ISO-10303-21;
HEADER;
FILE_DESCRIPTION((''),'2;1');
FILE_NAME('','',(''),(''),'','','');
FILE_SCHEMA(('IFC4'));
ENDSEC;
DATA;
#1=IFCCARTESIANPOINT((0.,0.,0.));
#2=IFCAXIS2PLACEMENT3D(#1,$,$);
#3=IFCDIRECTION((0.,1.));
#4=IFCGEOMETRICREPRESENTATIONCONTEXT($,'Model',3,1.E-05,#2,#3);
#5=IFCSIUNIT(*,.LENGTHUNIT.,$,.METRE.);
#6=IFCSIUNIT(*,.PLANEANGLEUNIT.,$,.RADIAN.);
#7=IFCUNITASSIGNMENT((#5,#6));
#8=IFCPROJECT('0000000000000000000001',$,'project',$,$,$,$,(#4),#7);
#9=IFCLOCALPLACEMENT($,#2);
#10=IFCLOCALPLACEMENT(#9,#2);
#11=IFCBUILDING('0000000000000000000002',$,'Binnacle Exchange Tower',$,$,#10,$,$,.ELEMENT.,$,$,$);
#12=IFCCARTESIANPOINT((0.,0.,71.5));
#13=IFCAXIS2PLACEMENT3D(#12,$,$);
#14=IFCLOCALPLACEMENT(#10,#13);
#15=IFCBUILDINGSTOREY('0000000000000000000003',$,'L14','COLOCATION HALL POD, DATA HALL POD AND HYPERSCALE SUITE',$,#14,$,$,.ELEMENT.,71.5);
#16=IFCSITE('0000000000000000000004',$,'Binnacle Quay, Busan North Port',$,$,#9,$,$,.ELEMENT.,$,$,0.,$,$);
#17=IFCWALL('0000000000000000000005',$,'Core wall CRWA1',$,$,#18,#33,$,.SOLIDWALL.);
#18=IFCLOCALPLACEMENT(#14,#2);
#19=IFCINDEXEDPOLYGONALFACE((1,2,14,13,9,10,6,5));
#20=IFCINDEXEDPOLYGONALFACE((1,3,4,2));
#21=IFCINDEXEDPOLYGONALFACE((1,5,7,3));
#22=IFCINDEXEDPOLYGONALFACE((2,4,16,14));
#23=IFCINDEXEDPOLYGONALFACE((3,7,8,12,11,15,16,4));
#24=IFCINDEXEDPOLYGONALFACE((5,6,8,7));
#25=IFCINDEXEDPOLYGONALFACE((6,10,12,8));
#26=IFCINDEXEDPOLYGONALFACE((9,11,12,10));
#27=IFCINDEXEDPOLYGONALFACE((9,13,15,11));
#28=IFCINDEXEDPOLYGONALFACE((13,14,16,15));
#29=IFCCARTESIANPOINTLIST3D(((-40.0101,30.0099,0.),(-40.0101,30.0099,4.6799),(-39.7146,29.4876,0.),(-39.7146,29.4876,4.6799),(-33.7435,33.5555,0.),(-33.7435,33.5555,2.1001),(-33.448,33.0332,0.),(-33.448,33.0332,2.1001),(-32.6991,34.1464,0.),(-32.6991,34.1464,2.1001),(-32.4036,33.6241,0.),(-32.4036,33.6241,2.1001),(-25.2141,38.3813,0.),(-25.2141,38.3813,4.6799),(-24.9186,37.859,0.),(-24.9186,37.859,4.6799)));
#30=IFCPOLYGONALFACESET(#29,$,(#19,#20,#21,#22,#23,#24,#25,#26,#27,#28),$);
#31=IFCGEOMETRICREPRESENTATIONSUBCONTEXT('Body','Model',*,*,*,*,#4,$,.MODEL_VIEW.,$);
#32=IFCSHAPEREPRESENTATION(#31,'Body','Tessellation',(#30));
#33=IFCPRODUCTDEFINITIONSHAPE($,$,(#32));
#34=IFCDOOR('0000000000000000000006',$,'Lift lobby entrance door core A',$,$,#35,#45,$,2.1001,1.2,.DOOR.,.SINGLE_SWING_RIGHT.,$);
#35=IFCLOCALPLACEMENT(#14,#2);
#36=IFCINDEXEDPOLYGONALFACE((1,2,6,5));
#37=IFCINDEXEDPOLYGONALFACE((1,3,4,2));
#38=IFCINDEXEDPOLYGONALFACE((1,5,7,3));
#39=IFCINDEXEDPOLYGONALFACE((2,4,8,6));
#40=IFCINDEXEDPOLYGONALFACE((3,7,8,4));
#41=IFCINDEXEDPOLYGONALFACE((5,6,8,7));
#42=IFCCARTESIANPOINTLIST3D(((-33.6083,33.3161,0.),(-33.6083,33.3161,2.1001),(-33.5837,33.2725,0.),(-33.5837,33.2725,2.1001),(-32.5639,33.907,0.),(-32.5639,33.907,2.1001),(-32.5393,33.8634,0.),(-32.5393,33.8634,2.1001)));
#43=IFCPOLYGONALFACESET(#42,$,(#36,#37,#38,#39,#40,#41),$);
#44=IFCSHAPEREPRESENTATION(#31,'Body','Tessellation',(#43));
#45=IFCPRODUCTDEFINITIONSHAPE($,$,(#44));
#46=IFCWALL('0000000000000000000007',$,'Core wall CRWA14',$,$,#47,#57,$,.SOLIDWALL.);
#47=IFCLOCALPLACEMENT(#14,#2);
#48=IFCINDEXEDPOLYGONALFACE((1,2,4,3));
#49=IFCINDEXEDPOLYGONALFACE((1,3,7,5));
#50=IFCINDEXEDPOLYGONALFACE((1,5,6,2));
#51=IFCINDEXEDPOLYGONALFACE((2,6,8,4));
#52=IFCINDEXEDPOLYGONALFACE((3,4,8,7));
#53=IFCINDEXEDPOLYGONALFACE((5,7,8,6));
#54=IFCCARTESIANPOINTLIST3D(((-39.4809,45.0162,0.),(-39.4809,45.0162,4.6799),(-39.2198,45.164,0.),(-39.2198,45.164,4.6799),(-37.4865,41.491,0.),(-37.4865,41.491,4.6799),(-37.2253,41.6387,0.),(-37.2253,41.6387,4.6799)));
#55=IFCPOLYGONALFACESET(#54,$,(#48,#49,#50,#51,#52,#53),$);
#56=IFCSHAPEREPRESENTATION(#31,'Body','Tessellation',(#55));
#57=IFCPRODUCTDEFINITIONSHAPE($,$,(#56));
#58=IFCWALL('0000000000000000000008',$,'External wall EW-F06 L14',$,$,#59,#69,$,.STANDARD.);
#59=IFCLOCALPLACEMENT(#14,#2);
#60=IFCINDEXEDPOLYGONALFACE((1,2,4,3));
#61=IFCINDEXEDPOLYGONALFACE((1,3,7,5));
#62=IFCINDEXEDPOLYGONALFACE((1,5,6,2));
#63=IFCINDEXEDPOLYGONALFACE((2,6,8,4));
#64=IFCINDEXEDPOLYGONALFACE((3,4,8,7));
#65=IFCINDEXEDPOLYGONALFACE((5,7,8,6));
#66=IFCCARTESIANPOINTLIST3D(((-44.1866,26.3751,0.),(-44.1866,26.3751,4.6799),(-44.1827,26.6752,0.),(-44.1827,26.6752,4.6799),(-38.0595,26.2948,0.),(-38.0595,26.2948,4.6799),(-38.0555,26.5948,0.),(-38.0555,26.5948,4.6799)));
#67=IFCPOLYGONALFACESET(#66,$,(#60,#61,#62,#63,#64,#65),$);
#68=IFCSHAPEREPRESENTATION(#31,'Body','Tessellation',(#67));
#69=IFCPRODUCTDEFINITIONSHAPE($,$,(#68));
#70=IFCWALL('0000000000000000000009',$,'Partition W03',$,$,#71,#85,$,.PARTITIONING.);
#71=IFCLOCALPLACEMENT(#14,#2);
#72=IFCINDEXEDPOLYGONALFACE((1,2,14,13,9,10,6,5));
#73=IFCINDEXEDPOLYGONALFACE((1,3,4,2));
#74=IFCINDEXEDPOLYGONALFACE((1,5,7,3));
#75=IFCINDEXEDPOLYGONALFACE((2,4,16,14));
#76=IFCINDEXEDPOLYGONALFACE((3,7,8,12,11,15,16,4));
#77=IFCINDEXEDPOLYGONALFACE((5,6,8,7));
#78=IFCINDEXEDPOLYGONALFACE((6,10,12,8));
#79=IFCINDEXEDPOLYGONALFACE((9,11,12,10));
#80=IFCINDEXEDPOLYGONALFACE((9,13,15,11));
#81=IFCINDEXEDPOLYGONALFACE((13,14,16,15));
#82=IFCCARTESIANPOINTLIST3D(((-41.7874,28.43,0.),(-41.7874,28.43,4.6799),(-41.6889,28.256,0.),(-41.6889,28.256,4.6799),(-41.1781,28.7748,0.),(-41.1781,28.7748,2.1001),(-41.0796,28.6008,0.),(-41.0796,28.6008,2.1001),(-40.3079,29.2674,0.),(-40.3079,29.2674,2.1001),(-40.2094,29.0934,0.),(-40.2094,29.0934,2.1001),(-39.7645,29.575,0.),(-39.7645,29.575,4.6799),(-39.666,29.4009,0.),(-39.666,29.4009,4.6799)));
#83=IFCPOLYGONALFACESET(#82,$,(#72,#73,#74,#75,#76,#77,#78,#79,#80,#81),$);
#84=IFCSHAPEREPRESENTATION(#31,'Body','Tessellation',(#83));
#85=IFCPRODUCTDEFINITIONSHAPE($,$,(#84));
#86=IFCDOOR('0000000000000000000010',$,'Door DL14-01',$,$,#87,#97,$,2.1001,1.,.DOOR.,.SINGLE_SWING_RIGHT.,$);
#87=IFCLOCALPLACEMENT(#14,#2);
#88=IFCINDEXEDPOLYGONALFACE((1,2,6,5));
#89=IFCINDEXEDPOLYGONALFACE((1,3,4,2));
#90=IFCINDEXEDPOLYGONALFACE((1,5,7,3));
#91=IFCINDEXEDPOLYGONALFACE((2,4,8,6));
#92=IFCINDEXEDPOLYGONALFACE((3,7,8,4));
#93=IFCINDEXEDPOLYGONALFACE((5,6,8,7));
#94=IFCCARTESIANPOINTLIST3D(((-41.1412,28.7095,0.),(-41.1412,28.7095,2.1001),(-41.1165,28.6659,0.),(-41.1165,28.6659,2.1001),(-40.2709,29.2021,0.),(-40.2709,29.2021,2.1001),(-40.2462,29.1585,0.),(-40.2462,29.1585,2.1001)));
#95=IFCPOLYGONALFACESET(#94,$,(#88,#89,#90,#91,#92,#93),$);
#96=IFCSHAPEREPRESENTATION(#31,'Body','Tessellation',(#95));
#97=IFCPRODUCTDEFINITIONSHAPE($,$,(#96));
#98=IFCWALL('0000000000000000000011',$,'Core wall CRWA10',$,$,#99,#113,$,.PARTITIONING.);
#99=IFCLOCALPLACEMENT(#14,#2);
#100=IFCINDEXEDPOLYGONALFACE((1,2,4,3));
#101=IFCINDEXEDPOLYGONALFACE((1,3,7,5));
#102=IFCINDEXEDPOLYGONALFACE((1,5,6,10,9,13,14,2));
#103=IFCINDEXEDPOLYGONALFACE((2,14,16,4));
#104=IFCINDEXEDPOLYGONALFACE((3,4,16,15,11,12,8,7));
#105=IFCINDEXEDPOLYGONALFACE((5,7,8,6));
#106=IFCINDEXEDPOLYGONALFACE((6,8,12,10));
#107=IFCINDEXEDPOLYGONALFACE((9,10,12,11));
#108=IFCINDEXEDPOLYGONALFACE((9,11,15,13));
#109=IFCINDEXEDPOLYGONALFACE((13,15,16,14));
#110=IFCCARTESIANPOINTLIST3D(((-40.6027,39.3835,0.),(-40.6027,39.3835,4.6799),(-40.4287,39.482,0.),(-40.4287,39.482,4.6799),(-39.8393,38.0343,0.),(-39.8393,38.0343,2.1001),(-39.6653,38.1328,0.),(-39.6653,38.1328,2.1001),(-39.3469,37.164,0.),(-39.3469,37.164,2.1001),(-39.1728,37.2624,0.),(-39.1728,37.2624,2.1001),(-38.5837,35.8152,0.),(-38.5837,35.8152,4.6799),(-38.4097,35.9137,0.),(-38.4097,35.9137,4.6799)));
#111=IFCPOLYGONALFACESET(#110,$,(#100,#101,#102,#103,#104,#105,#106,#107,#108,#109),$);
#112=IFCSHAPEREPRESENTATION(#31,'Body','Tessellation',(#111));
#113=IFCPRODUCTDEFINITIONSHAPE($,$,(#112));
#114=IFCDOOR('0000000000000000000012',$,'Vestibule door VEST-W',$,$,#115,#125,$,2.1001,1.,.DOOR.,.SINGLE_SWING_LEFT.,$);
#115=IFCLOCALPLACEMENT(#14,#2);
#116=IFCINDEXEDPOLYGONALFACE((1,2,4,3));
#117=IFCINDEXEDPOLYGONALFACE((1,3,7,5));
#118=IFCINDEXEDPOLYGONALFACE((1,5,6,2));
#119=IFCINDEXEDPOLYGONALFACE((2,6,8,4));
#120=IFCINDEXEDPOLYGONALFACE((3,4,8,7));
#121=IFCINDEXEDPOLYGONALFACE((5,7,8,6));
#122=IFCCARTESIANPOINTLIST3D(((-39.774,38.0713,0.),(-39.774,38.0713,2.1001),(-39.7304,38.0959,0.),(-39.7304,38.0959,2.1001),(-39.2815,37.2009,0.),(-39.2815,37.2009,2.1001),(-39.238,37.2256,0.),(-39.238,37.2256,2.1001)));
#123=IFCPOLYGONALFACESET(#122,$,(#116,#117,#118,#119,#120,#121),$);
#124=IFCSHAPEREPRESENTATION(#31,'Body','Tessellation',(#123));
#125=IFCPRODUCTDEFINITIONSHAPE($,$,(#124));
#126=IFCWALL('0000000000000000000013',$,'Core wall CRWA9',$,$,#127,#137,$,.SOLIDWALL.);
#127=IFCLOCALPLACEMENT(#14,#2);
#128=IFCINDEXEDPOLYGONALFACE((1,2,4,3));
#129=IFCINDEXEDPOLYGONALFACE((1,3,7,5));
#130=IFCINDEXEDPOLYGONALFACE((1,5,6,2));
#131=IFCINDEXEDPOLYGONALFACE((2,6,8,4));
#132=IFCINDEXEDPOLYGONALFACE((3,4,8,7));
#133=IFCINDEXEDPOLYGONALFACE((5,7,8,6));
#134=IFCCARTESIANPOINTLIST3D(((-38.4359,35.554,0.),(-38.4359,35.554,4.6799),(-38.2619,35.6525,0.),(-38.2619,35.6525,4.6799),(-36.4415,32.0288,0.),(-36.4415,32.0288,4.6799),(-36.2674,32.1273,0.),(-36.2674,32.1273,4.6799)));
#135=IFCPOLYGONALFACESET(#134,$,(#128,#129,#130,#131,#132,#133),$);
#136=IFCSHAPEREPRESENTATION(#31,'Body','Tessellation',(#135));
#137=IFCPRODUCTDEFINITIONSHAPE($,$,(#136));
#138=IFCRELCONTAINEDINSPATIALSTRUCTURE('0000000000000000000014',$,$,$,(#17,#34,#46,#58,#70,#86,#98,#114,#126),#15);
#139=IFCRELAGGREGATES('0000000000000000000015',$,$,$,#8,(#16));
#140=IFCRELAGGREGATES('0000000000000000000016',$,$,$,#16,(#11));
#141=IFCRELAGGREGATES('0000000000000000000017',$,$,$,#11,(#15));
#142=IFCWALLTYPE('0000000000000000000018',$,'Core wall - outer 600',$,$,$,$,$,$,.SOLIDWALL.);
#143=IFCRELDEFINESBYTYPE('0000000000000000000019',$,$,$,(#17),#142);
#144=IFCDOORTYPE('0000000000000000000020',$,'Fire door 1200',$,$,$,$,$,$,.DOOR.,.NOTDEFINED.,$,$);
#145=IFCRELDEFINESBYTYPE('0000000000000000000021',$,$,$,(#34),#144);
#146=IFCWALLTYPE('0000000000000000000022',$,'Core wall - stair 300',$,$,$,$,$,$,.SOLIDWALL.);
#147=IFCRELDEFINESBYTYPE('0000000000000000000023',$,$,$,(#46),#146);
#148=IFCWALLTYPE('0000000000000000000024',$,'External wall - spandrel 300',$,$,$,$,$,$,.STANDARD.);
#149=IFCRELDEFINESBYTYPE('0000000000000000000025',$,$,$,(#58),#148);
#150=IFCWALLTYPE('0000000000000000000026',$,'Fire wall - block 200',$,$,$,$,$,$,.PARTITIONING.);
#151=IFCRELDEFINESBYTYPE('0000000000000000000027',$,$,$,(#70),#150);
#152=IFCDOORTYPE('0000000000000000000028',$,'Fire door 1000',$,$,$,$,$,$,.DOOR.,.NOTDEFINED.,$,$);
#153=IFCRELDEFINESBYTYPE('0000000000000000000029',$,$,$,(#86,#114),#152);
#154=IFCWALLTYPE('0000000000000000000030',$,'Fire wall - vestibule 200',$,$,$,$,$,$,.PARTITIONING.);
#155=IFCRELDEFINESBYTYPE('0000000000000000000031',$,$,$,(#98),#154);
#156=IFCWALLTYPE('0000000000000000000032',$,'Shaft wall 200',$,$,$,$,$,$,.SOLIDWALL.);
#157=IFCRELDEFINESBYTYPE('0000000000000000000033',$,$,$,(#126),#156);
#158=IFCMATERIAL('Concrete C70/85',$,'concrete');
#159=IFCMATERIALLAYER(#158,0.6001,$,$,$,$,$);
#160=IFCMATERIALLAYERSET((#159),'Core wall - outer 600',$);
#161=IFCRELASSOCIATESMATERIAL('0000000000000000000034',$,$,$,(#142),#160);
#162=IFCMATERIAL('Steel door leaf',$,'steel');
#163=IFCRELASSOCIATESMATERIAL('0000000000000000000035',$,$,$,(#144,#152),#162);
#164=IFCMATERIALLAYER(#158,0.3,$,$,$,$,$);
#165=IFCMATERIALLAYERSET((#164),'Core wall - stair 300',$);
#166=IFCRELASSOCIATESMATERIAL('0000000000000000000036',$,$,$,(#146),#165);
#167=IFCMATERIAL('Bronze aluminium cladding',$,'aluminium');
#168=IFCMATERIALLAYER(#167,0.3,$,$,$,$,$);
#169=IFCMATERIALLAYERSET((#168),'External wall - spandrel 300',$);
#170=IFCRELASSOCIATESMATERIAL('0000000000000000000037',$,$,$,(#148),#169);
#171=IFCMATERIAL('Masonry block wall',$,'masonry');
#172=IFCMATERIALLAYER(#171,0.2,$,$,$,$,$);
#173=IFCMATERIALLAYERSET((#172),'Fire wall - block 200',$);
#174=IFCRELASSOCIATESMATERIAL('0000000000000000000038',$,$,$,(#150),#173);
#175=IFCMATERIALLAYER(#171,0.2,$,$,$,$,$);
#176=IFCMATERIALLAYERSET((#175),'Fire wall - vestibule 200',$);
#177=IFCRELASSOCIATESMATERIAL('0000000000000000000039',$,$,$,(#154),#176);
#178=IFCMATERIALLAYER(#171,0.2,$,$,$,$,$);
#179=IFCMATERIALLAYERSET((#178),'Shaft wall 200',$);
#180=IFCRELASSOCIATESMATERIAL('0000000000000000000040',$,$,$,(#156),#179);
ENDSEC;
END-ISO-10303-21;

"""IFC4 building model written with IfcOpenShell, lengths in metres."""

from ifc_helpers import new_model, si_unit, direction, frame, frame_2d, origin, place, context, subcontext, project, spatial, rectangle, extrude, material, layer, layer_set, type_object, element, fill, save


model = new_model("IFC4")

# Units and contexts
model_context = context("Model", 3, precision=1e-05, world=origin(), true_north=direction((0.0, 1.0)))
body_context = subcontext(model_context, "Body", "Model", "MODEL_VIEW")
ifc_project = project(units=[si_unit("LENGTHUNIT", "METRE"), si_unit("PLANEANGLEUNIT", "RADIAN")], contexts=[model_context])

# Site, building, storey
site_placement = place(None, origin())
site = spatial("IfcSite", under=ifc_project, at=site_placement, Name="Binnacle Quay, Busan North Port", CompositionType="ELEMENT", RefElevation=0.0)
building_placement = place(site_placement, origin())
building = spatial("IfcBuilding", under=site, at=building_placement, Name="Binnacle Exchange Tower", CompositionType="ELEMENT")
storey_placement = place(building_placement, frame((0.0, 0.0, 71.5)))
storey = spatial("IfcBuildingStorey", under=building, at=storey_placement, Name="L14", Description="COLOCATION HALL POD, DATA HALL POD AND HYPERSCALE SUITE", CompositionType="ELEMENT", Elevation=71.5)

# Shared definitions
ifc_material_1 = material(Name="Concrete C70/85", Category="concrete")

# Shared definitions
ifc_material_2 = material(Name="Steel door leaf", Category="steel")

# Wall, opening, door
ifc_layer_1 = layer(ifc_material_1, 0.6001)
ifc_layer_set_1 = layer_set([ifc_layer_1], Name="Core wall - outer 600")
wall_type_1 = type_object("IfcWallType", Name="Core wall - outer 600", PredefinedType="SOLIDWALL", material=ifc_layer_set_1)
wall_1_placement = place(storey_placement, frame((-39.8623, 29.7488, 0.0), z_axis=(0.0, 0.0, 1.0), x_axis=(0.87035, 0.492433, 0.0)))
wall_1 = element("IfcWall", 1, at=wall_1_placement, inside=storey, type_object=wall_type_1, Name="Core wall CRWA1", PredefinedType="SOLIDWALL", context=body_context, shape_type="SweptSolid", body=[
    extrude(rectangle(XDim=17.0, YDim=0.6001, at=frame_2d((8.5, 0.0))), origin(), (0.0, 0.0, 1.0), 4.6799),
])
opening_1_placement = place(wall_1_placement, frame((7.2, 0.0, 0.0)))
opening_1 = element("IfcOpeningElement", 2, at=opening_1_placement, cuts=wall_1, PredefinedType="OPENING", context=body_context, shape_type="SweptSolid", body=[
    extrude(rectangle(XDim=1.2, YDim=2.1001, at=frame_2d((0.6001, 1.05))), frame((0.0, 0.3101, 0.0), z_axis=(0.0, -1.0, 0.0), x_axis=(1.0, 0.0, 0.0)), (0.0, 0.0, 1.0), 0.6201),
])
door_type_1 = type_object("IfcDoorType", Name="Fire door 1200", OperationType="NOTDEFINED", PredefinedType="DOOR", material=ifc_material_2)
door_1_placement = place(opening_1_placement, frame((1.2, 0.0, 0.0), z_axis=(0.0, 0.0, 1.0), x_axis=(-1.0, 0.0, 0.0)))
door_1 = element("IfcDoor", 3, at=door_1_placement, inside=storey, type_object=door_type_1, Name="Lift lobby entrance door core A", OperationType="SINGLE_SWING_RIGHT", OverallHeight=2.1001, OverallWidth=1.2, PredefinedType="DOOR", context=body_context, shape_type="SweptSolid", body=[
    extrude(rectangle(XDim=1.2, YDim=2.1001, at=frame_2d((0.6001, 1.05))), frame((0.0, 0.0249, 0.0), z_axis=(0.0, -1.0, 0.0), x_axis=(1.0, 0.0, 0.0)), (0.0, 0.0, 1.0), 0.05),
])
fill(opening_1, door_1)

# Walls
ifc_layer_2 = layer(ifc_material_1, 0.3)
ifc_layer_set_2 = layer_set([ifc_layer_2], Name="Core wall - stair 300")
wall_type_2 = type_object("IfcWallType", Name="Core wall - stair 300", PredefinedType="SOLIDWALL", material=ifc_layer_set_2)
wall_2_placement = place(storey_placement, frame((-39.3503, 45.0901, 0.0), z_axis=(0.0, 0.0, 1.0), x_axis=(0.492415, -0.870361, 0.0)))
element("IfcWall", 4, at=wall_2_placement, inside=storey, type_object=wall_type_2, Name="Core wall CRWA14", PredefinedType="SOLIDWALL", context=body_context, shape_type="SweptSolid", body=[
    extrude(rectangle(XDim=4.0503, YDim=0.3, at=frame_2d((2.0251, 0.0))), origin(), (0.0, 0.0, 1.0), 4.6799),
])
ifc_material_3 = material(Name="Bronze aluminium cladding", Category="aluminium")
ifc_layer_3 = layer(ifc_material_3, 0.3)
ifc_layer_set_3 = layer_set([ifc_layer_3], Name="External wall - spandrel 300")
wall_type_3 = type_object("IfcWallType", Name="External wall - spandrel 300", PredefinedType="STANDARD", material=ifc_layer_set_3)
wall_3_placement = place(storey_placement, frame((-38.0574, 26.4448, 0.0), z_axis=(0.0, 0.0, 1.0), x_axis=(-0.999914, 0.013108, 0.0)))
element("IfcWall", 5, at=wall_3_placement, inside=storey, type_object=wall_type_3, Name="External wall EW-F06 L14", PredefinedType="STANDARD", context=body_context, shape_type="SweptSolid", body=[
    extrude(rectangle(XDim=6.1277, YDim=0.3, at=frame_2d((3.064, 0.0))), origin(), (0.0, 0.0, 1.0), 4.6799),
])

# Walls, openings, doors
ifc_material_4 = material(Name="Masonry block wall", Category="masonry")
ifc_layer_4 = layer(ifc_material_4, 0.2)
ifc_layer_set_4 = layer_set([ifc_layer_4], Name="Fire wall - block 200")
wall_type_4 = type_object("IfcWallType", Name="Fire wall - block 200", PredefinedType="PARTITIONING", material=ifc_layer_set_4)
wall_4_placement = place(storey_placement, frame((-41.738, 28.343, 0.0), z_axis=(0.0, 0.0, 1.0), x_axis=(0.870265, 0.492583, 0.0)))
wall_4 = element("IfcWall", 6, at=wall_4_placement, inside=storey, type_object=wall_type_4, Name="Partition W03", PredefinedType="PARTITIONING", context=body_context, shape_type="SweptSolid", body=[
    extrude(rectangle(XDim=2.3245, YDim=0.2, at=frame_2d((1.1621, 0.0))), origin(), (0.0, 0.0, 1.0), 4.6799),
])
opening_2_placement = place(wall_4_placement, frame((0.7, 0.0, 0.0)))
opening_2 = element("IfcOpeningElement", 7, at=opening_2_placement, cuts=wall_4, PredefinedType="OPENING", context=body_context, shape_type="SweptSolid", body=[
    extrude(rectangle(XDim=1.0, YDim=2.1001, at=frame_2d((0.5, 1.05))), frame((0.0, 0.1099, 0.0), z_axis=(0.0, -1.0, 0.0), x_axis=(1.0, 0.0, 0.0)), (0.0, 0.0, 1.0), 0.22),
])
door_type_2 = type_object("IfcDoorType", Name="Fire door 1000", OperationType="NOTDEFINED", PredefinedType="DOOR", material=ifc_material_2)
door_2_placement = place(opening_2_placement, origin())
door_2 = element("IfcDoor", 8, at=door_2_placement, inside=storey, type_object=door_type_2, Name="Door DL14-01", OperationType="SINGLE_SWING_RIGHT", OverallHeight=2.1001, OverallWidth=1.0, PredefinedType="DOOR", context=body_context, shape_type="SweptSolid", body=[
    extrude(rectangle(XDim=1.0, YDim=2.1001, at=frame_2d((0.5, 1.05))), frame((0.0, 0.0249, 0.0), z_axis=(0.0, -1.0, 0.0), x_axis=(1.0, 0.0, 0.0)), (0.0, 0.0, 1.0), 0.05),
])
fill(opening_2, door_2)
ifc_layer_5 = layer(ifc_material_4, 0.2)
ifc_layer_set_5 = layer_set([ifc_layer_5], Name="Fire wall - vestibule 200")
wall_type_5 = type_object("IfcWallType", Name="Fire wall - vestibule 200", PredefinedType="PARTITIONING", material=ifc_layer_set_5)
wall_5_placement = place(storey_placement, frame((-40.5156, 39.4326, 0.0), z_axis=(0.0, 0.0, 1.0), x_axis=(0.492454, -0.870339, 0.0)))
wall_5 = element("IfcWall", 9, at=wall_5_placement, inside=storey, type_object=wall_type_5, Name="Core wall CRWA10", PredefinedType="PARTITIONING", context=body_context, shape_type="SweptSolid", body=[
    extrude(rectangle(XDim=4.0999, YDim=0.2, at=frame_2d((2.0498, 0.0))), origin(), (0.0, 0.0, 1.0), 4.6799),
])
opening_3_placement = place(wall_5_placement, frame((1.55, 0.0, 0.0)))
opening_3 = element("IfcOpeningElement", 10, at=opening_3_placement, cuts=wall_5, PredefinedType="OPENING", context=body_context, shape_type="SweptSolid", body=[
    extrude(rectangle(XDim=1.0, YDim=2.1001, at=frame_2d((0.5, 1.05))), frame((0.0, 0.1099, 0.0), z_axis=(0.0, -1.0, 0.0), x_axis=(1.0, 0.0, 0.0)), (0.0, 0.0, 1.0), 0.22),
])
door_3_placement = place(opening_3_placement, frame((1.0, 0.0, 0.0), z_axis=(0.0, 0.0, 1.0), x_axis=(-1.0, 0.0, 0.0)))
door_3 = element("IfcDoor", 11, at=door_3_placement, inside=storey, type_object=door_type_2, Name="Vestibule door VEST-W", OperationType="SINGLE_SWING_LEFT", OverallHeight=2.1001, OverallWidth=1.0, PredefinedType="DOOR", context=body_context, shape_type="SweptSolid", body=[
    extrude(rectangle(XDim=1.0, YDim=2.1001, at=frame_2d((0.5, 1.05))), frame((0.0, 0.0249, 0.0), z_axis=(0.0, -1.0, 0.0), x_axis=(1.0, 0.0, 0.0)), (0.0, 0.0, 1.0), 0.05),
])
fill(opening_3, door_3)

# Wall
ifc_layer_6 = layer(ifc_material_4, 0.2)
ifc_layer_set_6 = layer_set([ifc_layer_6], Name="Shaft wall 200")
wall_type_6 = type_object("IfcWallType", Name="Shaft wall 200", PredefinedType="SOLIDWALL", material=ifc_layer_set_6)
wall_6_placement = place(storey_placement, frame((-38.3489, 35.6033, 0.0), z_axis=(0.0, 0.0, 1.0), x_axis=(0.492415, -0.870361, 0.0)))
element("IfcWall", 12, at=wall_6_placement, inside=storey, type_object=wall_type_6, Name="Core wall CRWA9", PredefinedType="SOLIDWALL", context=body_context, shape_type="SweptSolid", body=[
    extrude(rectangle(XDim=4.0503, YDim=0.2, at=frame_2d((2.0251, 0.0))), origin(), (0.0, 0.0, 1.0), 4.6799),
])

save(model, "model.ifc")
